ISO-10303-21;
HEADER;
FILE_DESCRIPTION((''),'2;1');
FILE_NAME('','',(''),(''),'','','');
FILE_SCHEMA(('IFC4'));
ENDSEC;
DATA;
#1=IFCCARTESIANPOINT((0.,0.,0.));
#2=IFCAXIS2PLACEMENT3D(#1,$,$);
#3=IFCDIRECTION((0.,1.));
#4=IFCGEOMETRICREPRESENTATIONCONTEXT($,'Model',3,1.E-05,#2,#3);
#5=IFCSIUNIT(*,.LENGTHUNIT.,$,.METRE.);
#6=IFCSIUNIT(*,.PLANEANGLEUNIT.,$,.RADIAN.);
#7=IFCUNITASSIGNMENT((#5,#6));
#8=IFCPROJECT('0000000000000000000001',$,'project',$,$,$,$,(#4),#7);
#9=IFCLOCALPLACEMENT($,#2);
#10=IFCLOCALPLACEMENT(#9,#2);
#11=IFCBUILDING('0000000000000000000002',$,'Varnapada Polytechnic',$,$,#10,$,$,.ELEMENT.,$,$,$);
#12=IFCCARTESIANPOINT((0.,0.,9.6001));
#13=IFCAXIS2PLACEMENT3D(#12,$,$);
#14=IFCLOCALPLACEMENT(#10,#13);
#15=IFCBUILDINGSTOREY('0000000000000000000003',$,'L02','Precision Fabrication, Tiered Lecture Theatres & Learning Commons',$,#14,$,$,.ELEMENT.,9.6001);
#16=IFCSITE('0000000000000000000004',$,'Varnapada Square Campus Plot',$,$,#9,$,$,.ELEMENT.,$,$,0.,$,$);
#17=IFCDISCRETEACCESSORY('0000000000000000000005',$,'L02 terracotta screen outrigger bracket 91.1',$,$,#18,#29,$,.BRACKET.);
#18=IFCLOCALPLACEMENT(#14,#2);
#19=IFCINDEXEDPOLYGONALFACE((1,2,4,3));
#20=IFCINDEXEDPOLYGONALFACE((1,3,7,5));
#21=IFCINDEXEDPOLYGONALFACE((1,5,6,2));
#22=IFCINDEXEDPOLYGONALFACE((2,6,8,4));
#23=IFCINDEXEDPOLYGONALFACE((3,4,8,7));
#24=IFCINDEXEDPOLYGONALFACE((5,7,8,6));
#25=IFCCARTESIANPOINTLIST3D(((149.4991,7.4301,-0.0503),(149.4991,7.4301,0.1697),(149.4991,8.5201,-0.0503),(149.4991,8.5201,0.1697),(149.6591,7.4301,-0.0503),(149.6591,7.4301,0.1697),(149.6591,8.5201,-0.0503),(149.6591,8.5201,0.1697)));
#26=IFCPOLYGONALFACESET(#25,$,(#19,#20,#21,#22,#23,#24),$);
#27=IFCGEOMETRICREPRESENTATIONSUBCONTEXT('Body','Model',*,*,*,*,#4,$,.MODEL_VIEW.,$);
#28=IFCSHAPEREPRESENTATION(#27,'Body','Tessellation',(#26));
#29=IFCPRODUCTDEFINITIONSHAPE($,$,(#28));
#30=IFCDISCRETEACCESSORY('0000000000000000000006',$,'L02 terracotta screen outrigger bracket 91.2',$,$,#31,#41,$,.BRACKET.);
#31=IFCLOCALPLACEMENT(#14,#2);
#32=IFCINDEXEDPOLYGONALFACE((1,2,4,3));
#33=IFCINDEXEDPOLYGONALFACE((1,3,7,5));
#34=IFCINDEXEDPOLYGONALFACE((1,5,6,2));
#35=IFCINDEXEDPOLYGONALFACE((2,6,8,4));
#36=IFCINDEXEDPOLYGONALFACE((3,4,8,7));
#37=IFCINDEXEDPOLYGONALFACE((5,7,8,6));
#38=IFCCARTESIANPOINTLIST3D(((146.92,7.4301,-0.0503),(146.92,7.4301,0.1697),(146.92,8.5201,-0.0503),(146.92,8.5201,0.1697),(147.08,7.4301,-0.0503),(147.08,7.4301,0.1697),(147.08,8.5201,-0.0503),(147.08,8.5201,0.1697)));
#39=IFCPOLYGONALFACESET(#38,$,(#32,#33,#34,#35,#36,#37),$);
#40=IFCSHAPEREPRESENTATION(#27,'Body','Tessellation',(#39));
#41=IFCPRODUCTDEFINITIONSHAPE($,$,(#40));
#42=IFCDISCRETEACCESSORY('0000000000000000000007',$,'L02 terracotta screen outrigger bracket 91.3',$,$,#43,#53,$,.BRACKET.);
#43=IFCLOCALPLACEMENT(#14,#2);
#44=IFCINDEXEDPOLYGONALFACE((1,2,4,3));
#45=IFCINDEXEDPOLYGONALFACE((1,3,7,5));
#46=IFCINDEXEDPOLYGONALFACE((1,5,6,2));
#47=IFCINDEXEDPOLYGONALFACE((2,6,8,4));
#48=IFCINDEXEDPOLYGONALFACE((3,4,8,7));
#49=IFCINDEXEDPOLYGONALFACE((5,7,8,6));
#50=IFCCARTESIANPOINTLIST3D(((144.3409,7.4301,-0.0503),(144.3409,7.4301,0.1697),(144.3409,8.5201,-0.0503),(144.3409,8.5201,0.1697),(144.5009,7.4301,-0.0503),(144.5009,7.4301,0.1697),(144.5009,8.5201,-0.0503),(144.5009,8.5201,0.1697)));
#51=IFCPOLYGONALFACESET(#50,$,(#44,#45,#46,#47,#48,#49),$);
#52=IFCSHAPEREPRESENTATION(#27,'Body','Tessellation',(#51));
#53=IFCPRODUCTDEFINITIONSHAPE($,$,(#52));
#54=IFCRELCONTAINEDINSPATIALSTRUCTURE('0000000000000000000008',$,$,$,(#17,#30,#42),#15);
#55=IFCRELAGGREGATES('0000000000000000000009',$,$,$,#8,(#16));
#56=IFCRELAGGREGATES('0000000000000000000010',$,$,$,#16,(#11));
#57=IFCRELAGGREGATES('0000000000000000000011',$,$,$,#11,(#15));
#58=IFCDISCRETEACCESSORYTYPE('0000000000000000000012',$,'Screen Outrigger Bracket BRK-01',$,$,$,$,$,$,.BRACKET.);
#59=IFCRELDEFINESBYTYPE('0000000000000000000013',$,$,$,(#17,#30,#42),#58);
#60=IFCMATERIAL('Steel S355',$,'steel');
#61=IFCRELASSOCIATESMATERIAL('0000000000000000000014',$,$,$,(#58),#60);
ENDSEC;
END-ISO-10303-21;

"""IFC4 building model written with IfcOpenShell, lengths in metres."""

from ifc_helpers import new_model, si_unit, direction, frame, origin, origin_2d, place, context, subcontext, project, spatial, rectangle, extrude, material, type_object, element, save


model = new_model("IFC4")

# Units and contexts
model_context = context("Model", 3, precision=1e-05, world=origin(), true_north=direction((0.0, 1.0)))
body_context = subcontext(model_context, "Body", "Model", "MODEL_VIEW")
ifc_project = project(units=[si_unit("LENGTHUNIT", "METRE"), si_unit("PLANEANGLEUNIT", "RADIAN")], contexts=[model_context])

# Site, building, storey
site_placement = place(None, origin())
site = spatial("IfcSite", under=ifc_project, at=site_placement, Name="Varnapada Square Campus Plot", CompositionType="ELEMENT", RefElevation=0.0)
building_placement = place(site_placement, origin())
building = spatial("IfcBuilding", under=site, at=building_placement, Name="Varnapada Polytechnic", CompositionType="ELEMENT")
storey_placement = place(building_placement, frame((0.0, 0.0, 9.6001)))
storey = spatial("IfcBuildingStorey", under=building, at=storey_placement, Name="L02", Description="Precision Fabrication, Tiered Lecture Theatres & Learning Commons", CompositionType="ELEMENT", Elevation=9.6001)

# Discrete accessories
ifc_material_1 = material(Name="Steel S355", Category="steel")
discrete_accessory_type = type_object("IfcDiscreteAccessoryType", Name="Screen Outrigger Bracket BRK-01", PredefinedType="BRACKET", material=ifc_material_1)
for number, where, z_axis, x_axis, name in (
    (1, (149.5791, 7.9751, -0.0503), (0.0, 0.0, 1.0), (-1.0, 0.0, 0.0), "L02 terracotta screen outrigger bracket 91.1"),
    (2, (147.0, 7.9751, -0.0503), (0.0, 0.0, 1.0), (-1.0, 0.0, 0.0), "L02 terracotta screen outrigger bracket 91.2"),
    (3, (144.4209, 7.9751, -0.0503), (0.0, 0.0, 1.0), (-1.0, 0.0, 0.0), "L02 terracotta screen outrigger bracket 91.3"),
):
    element("IfcDiscreteAccessory", number, at=place(storey_placement, frame(where, z_axis=z_axis, x_axis=x_axis)), inside=storey, type_object=discrete_accessory_type, Name=name, PredefinedType="BRACKET", context=body_context, shape_type="SweptSolid", body=[
        extrude(rectangle(XDim=0.1599, YDim=1.0901, at=origin_2d()), origin(), (0.0, 0.0, 1.0), 0.22),
    ])

save(model, "model.ifc")
